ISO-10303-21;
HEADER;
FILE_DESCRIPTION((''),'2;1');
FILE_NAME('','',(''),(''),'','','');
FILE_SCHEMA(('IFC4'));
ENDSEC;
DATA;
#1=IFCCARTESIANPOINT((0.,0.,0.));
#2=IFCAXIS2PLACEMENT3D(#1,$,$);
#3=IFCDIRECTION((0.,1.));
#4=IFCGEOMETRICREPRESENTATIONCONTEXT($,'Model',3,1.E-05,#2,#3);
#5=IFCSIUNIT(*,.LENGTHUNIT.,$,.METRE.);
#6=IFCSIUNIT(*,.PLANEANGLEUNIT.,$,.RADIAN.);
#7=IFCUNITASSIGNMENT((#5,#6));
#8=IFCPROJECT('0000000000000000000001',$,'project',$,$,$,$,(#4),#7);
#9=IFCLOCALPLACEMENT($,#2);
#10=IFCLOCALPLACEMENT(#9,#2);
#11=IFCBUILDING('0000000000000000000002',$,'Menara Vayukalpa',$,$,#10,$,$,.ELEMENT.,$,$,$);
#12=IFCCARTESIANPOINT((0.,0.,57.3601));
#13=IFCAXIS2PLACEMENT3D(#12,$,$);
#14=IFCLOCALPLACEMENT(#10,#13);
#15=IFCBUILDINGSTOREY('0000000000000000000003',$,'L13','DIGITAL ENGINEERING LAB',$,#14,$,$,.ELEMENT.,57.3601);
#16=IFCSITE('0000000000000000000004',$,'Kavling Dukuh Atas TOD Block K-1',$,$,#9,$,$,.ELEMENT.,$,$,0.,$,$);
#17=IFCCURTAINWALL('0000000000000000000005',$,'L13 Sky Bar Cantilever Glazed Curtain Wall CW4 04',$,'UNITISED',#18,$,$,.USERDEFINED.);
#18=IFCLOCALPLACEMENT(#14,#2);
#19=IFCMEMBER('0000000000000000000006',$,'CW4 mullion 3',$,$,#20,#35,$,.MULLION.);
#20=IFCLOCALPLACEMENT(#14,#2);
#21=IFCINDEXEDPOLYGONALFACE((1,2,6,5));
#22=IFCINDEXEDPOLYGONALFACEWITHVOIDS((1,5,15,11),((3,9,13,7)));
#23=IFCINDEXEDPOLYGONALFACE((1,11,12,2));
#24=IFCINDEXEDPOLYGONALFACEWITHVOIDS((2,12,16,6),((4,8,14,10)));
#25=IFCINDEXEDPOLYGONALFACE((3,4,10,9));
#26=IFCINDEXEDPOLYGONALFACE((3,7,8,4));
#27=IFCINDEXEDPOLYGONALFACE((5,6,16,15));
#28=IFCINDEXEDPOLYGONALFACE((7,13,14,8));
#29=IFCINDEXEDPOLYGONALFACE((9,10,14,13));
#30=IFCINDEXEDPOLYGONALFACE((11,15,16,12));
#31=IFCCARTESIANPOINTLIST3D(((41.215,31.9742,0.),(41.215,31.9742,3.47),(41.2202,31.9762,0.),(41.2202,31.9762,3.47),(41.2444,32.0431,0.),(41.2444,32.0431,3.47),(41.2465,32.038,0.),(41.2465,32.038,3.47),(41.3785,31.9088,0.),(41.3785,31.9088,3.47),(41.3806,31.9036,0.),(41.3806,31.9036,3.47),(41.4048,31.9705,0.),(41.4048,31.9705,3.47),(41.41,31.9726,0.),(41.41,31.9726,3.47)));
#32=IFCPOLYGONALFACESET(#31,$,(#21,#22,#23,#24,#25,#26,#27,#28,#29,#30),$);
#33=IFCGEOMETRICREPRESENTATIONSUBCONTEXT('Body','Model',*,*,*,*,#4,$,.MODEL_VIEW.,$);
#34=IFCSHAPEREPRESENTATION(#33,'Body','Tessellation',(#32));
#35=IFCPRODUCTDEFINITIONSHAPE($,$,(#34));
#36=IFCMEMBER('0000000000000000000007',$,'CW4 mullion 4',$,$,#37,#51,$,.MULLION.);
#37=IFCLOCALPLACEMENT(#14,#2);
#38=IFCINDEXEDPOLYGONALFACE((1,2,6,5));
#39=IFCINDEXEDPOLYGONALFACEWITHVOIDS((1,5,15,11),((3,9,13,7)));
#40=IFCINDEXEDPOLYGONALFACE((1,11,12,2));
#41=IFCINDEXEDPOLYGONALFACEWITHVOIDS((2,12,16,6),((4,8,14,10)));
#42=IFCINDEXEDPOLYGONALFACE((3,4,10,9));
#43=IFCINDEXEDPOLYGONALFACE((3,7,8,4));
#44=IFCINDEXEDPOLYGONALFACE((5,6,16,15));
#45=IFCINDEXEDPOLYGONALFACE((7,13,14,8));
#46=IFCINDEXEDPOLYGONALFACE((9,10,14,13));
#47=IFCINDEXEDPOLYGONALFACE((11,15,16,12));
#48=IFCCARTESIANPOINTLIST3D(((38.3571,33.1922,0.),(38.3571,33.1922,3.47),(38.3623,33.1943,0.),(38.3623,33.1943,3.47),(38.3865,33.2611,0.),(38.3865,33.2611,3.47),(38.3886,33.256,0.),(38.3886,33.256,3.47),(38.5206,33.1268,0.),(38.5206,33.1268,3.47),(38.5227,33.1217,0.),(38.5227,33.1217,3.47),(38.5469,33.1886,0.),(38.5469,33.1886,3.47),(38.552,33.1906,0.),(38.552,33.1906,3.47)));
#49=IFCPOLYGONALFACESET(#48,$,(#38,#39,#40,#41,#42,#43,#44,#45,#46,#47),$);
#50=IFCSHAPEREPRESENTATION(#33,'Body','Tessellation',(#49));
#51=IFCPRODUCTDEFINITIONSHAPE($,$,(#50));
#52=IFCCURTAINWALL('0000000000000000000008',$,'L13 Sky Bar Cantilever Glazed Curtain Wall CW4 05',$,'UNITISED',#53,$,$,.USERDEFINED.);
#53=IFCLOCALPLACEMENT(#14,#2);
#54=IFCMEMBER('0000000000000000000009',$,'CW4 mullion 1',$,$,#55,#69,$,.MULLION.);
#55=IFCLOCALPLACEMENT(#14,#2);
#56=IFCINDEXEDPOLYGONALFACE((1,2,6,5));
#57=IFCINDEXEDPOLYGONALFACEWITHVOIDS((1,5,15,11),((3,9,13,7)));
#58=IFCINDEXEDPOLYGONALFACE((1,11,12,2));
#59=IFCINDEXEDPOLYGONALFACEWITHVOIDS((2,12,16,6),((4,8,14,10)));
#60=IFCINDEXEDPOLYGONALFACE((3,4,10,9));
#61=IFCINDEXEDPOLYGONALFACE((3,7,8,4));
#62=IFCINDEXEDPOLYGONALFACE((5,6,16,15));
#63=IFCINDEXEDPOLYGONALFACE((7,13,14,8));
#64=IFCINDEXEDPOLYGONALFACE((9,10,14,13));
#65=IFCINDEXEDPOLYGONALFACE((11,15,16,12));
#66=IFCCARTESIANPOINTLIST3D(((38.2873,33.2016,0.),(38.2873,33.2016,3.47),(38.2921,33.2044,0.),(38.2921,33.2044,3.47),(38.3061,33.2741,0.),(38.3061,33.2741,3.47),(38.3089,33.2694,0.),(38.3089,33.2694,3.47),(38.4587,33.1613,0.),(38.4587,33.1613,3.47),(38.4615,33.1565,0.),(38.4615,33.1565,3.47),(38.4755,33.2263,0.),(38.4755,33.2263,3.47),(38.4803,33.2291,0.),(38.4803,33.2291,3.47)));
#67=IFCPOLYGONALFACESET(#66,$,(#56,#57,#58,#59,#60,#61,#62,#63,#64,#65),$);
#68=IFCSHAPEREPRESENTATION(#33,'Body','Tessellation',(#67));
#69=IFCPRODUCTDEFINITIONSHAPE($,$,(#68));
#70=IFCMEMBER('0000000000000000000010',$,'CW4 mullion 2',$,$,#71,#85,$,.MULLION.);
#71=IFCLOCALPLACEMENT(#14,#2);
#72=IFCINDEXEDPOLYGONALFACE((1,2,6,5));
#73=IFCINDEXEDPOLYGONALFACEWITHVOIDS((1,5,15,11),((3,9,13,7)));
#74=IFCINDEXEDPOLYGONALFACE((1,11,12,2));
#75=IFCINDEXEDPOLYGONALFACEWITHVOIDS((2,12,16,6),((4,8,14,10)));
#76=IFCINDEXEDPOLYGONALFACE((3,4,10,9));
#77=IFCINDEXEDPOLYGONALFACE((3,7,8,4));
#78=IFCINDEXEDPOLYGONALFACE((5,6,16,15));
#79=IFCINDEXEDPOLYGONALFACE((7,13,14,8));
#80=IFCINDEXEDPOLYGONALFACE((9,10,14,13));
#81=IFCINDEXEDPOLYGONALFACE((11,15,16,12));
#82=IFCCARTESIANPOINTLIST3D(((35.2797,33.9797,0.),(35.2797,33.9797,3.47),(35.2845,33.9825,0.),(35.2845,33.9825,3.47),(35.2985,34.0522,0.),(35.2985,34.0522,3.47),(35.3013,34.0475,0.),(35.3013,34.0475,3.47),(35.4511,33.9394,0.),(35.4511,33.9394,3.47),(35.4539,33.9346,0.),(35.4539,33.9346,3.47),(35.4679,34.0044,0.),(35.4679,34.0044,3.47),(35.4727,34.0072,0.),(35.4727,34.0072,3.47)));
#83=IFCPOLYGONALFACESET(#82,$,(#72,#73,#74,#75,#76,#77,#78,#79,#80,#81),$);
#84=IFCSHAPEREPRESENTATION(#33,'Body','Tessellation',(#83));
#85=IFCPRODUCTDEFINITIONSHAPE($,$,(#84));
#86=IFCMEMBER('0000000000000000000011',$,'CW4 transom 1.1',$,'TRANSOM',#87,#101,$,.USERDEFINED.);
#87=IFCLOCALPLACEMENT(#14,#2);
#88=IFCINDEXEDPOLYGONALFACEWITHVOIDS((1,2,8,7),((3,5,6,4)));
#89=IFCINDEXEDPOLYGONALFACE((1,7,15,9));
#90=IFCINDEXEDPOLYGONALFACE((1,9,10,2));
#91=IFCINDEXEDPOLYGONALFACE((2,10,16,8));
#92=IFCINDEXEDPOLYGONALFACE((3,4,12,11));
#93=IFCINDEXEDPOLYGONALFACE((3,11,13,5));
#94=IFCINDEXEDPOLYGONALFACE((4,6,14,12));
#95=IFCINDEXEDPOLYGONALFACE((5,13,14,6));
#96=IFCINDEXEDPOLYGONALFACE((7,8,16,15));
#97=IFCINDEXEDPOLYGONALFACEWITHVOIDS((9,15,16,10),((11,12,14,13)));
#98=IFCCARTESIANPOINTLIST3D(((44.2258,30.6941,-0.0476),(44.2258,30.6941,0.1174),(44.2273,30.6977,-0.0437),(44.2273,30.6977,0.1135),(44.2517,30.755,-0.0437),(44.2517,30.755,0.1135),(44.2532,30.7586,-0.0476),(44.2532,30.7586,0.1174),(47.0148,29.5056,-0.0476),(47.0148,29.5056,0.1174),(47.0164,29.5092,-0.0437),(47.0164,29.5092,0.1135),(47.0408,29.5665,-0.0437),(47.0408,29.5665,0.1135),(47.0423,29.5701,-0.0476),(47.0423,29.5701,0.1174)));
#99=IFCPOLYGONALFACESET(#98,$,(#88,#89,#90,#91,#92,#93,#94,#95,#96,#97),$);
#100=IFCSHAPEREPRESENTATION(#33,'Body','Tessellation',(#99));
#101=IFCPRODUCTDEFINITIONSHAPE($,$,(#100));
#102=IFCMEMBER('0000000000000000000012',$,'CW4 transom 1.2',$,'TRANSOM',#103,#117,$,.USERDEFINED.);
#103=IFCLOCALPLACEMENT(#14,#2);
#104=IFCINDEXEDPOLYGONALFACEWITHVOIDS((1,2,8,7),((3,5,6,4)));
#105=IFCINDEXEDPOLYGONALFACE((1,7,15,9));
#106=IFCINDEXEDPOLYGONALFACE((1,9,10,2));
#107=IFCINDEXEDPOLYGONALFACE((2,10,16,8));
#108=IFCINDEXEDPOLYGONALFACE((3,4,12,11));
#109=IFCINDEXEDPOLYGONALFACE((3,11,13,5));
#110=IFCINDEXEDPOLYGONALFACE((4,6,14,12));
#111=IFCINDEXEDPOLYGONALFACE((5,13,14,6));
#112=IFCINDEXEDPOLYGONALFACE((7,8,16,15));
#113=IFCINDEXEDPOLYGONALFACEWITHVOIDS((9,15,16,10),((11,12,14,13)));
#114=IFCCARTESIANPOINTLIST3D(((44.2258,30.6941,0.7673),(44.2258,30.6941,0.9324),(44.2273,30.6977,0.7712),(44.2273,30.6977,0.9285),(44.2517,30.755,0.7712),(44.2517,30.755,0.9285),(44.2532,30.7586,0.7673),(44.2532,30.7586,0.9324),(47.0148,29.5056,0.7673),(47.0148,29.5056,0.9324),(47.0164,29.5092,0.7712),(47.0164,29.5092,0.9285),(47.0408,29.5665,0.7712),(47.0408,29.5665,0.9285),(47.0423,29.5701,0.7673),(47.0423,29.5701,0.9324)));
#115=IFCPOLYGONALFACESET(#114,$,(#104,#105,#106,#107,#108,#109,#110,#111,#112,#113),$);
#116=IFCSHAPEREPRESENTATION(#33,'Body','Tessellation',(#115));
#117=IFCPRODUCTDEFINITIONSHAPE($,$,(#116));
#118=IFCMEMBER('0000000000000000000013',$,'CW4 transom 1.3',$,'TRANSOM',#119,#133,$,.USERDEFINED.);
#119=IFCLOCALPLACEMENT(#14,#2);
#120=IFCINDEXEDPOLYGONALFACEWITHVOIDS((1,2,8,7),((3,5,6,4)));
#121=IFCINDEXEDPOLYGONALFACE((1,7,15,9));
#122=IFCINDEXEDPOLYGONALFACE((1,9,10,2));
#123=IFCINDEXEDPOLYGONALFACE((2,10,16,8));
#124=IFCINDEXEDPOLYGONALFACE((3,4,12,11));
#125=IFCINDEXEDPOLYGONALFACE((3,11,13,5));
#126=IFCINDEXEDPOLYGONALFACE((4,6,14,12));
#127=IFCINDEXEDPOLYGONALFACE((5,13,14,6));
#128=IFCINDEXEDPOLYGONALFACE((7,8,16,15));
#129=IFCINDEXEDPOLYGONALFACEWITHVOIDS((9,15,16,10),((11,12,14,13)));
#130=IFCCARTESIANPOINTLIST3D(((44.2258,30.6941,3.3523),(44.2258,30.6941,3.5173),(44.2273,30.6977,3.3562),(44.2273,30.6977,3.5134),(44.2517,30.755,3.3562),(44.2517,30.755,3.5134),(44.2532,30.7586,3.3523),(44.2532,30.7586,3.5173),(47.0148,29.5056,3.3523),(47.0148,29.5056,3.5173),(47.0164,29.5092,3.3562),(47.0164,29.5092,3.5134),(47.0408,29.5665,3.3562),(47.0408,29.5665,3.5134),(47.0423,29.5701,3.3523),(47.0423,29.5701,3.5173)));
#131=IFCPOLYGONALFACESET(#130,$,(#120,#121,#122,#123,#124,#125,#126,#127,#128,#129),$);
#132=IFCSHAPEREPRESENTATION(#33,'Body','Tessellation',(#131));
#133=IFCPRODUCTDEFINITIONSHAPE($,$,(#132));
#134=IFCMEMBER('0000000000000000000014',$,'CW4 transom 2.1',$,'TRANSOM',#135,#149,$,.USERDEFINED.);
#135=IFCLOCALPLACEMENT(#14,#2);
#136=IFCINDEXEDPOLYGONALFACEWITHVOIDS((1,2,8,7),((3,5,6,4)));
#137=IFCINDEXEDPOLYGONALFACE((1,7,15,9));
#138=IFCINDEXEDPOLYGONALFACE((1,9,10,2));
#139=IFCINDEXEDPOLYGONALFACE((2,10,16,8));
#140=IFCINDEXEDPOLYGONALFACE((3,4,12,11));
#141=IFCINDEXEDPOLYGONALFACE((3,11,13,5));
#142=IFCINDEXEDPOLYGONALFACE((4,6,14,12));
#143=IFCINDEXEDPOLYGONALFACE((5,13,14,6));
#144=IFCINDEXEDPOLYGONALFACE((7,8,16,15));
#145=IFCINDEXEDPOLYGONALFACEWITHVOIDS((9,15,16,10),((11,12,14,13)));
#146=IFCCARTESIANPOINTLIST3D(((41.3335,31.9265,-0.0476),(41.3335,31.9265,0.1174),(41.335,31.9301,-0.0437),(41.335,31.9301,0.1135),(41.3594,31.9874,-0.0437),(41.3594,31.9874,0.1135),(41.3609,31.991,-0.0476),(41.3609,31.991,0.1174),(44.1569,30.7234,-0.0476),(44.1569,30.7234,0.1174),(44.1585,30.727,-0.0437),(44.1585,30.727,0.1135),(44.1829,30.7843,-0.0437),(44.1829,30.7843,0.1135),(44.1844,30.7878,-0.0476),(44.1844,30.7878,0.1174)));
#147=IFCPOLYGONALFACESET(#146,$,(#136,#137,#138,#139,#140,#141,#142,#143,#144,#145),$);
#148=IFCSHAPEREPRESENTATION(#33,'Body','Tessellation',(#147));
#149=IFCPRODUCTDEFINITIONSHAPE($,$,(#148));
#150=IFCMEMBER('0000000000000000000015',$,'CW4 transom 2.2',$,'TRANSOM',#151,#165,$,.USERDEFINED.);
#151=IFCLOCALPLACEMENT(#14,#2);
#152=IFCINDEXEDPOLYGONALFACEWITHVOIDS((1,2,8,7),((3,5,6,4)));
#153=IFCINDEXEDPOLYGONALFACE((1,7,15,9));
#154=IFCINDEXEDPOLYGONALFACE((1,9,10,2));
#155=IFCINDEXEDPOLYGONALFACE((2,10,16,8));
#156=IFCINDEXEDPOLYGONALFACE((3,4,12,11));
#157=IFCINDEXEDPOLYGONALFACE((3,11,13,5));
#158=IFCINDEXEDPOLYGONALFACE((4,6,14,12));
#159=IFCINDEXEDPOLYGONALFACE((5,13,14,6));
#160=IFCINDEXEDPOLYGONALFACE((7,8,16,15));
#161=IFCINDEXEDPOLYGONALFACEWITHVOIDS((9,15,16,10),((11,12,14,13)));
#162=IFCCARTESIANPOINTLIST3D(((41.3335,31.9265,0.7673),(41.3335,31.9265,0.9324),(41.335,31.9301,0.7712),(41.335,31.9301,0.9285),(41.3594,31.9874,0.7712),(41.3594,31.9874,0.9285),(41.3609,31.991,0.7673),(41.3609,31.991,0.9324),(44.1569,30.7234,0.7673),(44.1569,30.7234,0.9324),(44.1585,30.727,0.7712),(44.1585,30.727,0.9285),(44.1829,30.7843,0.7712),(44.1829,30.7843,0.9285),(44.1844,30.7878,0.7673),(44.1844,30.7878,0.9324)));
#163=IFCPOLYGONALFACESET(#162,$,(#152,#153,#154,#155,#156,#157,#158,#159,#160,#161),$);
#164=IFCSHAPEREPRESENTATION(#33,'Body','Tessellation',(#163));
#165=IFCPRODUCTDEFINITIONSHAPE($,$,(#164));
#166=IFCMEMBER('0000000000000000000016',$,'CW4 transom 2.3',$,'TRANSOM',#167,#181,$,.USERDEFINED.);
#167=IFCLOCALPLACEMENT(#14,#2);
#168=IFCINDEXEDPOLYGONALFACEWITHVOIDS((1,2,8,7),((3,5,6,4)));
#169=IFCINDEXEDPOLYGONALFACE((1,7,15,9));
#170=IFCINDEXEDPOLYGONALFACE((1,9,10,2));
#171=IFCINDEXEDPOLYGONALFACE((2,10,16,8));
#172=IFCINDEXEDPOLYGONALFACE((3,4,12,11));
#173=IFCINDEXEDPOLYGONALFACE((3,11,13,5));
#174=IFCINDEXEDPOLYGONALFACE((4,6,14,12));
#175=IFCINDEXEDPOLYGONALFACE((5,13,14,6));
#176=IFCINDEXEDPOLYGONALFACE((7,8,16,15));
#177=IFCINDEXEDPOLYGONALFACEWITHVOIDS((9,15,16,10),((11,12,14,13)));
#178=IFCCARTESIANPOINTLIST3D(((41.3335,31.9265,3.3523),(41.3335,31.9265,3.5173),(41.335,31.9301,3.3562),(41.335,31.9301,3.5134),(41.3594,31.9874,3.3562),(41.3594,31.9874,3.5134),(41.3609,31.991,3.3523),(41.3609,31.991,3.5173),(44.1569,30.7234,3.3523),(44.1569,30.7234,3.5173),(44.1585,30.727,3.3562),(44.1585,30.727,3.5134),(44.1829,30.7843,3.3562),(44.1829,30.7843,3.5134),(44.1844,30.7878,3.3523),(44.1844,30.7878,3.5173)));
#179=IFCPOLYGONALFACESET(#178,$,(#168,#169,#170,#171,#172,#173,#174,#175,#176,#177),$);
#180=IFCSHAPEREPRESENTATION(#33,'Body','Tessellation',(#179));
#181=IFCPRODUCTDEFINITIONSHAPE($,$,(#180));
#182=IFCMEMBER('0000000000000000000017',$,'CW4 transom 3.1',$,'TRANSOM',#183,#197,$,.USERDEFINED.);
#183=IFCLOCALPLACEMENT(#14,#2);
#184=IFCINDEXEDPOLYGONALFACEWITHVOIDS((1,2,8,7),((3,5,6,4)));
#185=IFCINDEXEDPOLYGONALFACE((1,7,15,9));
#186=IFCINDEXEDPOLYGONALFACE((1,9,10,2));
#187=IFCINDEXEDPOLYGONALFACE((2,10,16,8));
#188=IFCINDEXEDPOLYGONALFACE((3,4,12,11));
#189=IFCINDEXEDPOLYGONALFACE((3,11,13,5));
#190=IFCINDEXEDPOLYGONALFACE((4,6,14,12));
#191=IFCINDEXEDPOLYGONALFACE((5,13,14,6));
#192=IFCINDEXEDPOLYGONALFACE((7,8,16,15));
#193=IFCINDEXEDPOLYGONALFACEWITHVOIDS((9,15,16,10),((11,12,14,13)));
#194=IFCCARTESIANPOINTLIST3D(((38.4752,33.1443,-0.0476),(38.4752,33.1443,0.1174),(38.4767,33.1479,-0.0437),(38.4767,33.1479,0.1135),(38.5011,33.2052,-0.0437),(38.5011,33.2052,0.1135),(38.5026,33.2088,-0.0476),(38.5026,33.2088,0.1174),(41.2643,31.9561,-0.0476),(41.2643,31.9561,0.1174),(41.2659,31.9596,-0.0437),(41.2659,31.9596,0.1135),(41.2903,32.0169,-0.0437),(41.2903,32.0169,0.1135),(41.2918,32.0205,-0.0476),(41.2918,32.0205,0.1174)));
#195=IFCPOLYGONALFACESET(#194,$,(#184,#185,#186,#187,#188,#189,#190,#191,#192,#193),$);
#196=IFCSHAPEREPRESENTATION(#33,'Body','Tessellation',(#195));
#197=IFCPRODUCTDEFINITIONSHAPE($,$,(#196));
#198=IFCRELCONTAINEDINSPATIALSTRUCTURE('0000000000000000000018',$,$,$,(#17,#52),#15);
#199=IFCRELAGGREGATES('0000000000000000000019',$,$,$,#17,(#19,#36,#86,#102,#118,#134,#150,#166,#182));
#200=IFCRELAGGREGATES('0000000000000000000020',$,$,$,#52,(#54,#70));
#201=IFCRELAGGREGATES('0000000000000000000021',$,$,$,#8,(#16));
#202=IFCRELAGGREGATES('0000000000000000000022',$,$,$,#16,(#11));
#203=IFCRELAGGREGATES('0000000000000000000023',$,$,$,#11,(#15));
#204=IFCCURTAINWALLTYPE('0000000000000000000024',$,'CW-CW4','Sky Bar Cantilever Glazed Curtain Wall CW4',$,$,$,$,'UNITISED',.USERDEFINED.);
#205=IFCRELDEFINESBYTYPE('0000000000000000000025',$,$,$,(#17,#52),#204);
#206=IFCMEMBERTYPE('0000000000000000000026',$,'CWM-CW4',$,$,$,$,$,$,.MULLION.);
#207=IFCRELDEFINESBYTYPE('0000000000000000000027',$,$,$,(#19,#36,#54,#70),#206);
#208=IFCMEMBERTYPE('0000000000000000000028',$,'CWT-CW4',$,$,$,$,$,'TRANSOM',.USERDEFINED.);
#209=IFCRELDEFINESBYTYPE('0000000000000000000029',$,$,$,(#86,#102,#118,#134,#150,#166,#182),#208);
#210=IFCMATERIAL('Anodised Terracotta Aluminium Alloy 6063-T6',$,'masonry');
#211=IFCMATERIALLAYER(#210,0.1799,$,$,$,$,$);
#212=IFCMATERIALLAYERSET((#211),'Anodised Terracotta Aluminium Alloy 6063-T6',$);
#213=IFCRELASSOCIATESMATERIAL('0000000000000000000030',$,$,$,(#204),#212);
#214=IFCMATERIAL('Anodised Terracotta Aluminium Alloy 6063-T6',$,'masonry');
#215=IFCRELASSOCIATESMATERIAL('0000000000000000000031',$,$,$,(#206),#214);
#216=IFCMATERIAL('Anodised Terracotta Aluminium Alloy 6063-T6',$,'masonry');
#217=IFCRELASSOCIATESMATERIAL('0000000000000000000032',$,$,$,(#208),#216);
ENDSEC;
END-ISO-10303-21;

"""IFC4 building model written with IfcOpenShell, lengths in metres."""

from ifc_helpers import new_model, si_unit, direction, frame, origin, origin_2d, place, context, subcontext, project, spatial, hollow_rectangle, extrude, material, layer, layer_set, material_profile, profile_set, type_object, element, aggregate, save


model = new_model("IFC4")

# Units and contexts
model_context = context("Model", 3, precision=1e-05, world=origin(), true_north=direction((0.0, 1.0)))
body_context = subcontext(model_context, "Body", "Model", "MODEL_VIEW")
ifc_project = project(units=[si_unit("LENGTHUNIT", "METRE"), si_unit("PLANEANGLEUNIT", "RADIAN")], contexts=[model_context])

# Site, building, storey
site_placement = place(None, origin())
site = spatial("IfcSite", under=ifc_project, at=site_placement, Name="Kavling Dukuh Atas TOD Block K-1", CompositionType="ELEMENT", RefElevation=0.0)
building_placement = place(site_placement, origin())
building = spatial("IfcBuilding", under=site, at=building_placement, Name="Menara Vayukalpa", CompositionType="ELEMENT")
storey_placement = place(building_placement, frame((0.0, 0.0, 57.3601)))
storey = spatial("IfcBuildingStorey", under=building, at=storey_placement, Name="L13", Description="DIGITAL ENGINEERING LAB", CompositionType="ELEMENT", Elevation=57.3601)

# Curtain walls, members
ifc_material_1 = material(Name="Anodised Terracotta Aluminium Alloy 6063-T6", Category="masonry")
ifc_layer_1 = layer(ifc_material_1, 0.1799)
ifc_layer_set_1 = layer_set([ifc_layer_1], Name="Anodised Terracotta Aluminium Alloy 6063-T6")
curtain_wall_type = type_object("IfcCurtainWallType", Name="CW-CW4", Description="Sky Bar Cantilever Glazed Curtain Wall CW4", ElementType="UNITISED", PredefinedType="USERDEFINED", material=ifc_layer_set_1)
curtain_wall_1_placement = place(storey_placement, origin())
curtain_wall_1 = element("IfcCurtainWall", 1, at=curtain_wall_1_placement, inside=storey, type_object=curtain_wall_type, Name="L13 Sky Bar Cantilever Glazed Curtain Wall CW4 04", ObjectType="UNITISED", PredefinedType="USERDEFINED")
ifc_material_2 = material(Name="Anodised Terracotta Aluminium Alloy 6063-T6", Category="masonry")
ifc_material_profile_1 = material_profile(ifc_material_2, hollow_rectangle(XDim=0.075, YDim=0.1799, WallThickness=0.0039, at=origin_2d()), Name="ALU 75x180x4")
ifc_profile_set_1 = profile_set([ifc_material_profile_1], Name="Anodised Terracotta Aluminium Alloy 6063-T6")
member_type_1 = type_object("IfcMemberType", Name="CWM-CW4", PredefinedType="MULLION", material=ifc_profile_set_1)
member_1_placement = place(storey_placement, frame((41.3125, 31.9734, 0.0), z_axis=(0.0, 0.0, 1.0), x_axis=(-0.392008, -0.919962, 0.0)))
member_1 = element("IfcMember", 2, at=member_1_placement, type_object=member_type_1, Name="CW4 mullion 3", PredefinedType="MULLION", context=body_context, shape_type="SweptSolid", body=[
    extrude(hollow_rectangle(XDim=0.075, YDim=0.1799, WallThickness=0.0039, at=origin_2d()), origin(), (0.0, 0.0, 1.0), 3.47),
])
member_2_placement = place(storey_placement, frame((38.4546, 33.1914, 0.0), z_axis=(0.0, 0.0, 1.0), x_axis=(-0.392008, -0.919962, 0.0)))
member_2 = element("IfcMember", 3, at=member_2_placement, type_object=member_type_1, Name="CW4 mullion 4", PredefinedType="MULLION", context=body_context, shape_type="SweptSolid", body=[
    extrude(hollow_rectangle(XDim=0.075, YDim=0.1799, WallThickness=0.0039, at=origin_2d()), origin(), (0.0, 0.0, 1.0), 3.47),
])
curtain_wall_2_placement = place(storey_placement, origin())
curtain_wall_2 = element("IfcCurtainWall", 4, at=curtain_wall_2_placement, inside=storey, type_object=curtain_wall_type, Name="L13 Sky Bar Cantilever Glazed Curtain Wall CW4 05", ObjectType="UNITISED", PredefinedType="USERDEFINED")
member_3_placement = place(storey_placement, frame((38.3838, 33.2153, 0.0), z_axis=(0.0, 0.0, 1.0), x_axis=(-0.250403, -0.968142, 0.0)))
member_3 = element("IfcMember", 5, at=member_3_placement, type_object=member_type_1, Name="CW4 mullion 1", PredefinedType="MULLION", context=body_context, shape_type="SweptSolid", body=[
    extrude(hollow_rectangle(XDim=0.075, YDim=0.1799, WallThickness=0.0039, at=origin_2d()), origin(), (0.0, 0.0, 1.0), 3.47),
])
member_4_placement = place(storey_placement, frame((35.3762, 33.9934, 0.0), z_axis=(0.0, 0.0, 1.0), x_axis=(-0.250403, -0.968142, 0.0)))
member_4 = element("IfcMember", 6, at=member_4_placement, type_object=member_type_1, Name="CW4 mullion 2", PredefinedType="MULLION", context=body_context, shape_type="SweptSolid", body=[
    extrude(hollow_rectangle(XDim=0.075, YDim=0.1799, WallThickness=0.0039, at=origin_2d()), origin(), (0.0, 0.0, 1.0), 3.47),
])

# Members
ifc_material_3 = material(Name="Anodised Terracotta Aluminium Alloy 6063-T6", Category="masonry")
ifc_material_profile_2 = material_profile(ifc_material_3, hollow_rectangle(XDim=0.0701, YDim=0.165, WallThickness=0.0039, at=origin_2d()), Name="ALU 70x165x4")
ifc_profile_set_2 = profile_set([ifc_material_profile_2], Name="Anodised Terracotta Aluminium Alloy 6063-T6")
member_type_2 = type_object("IfcMemberType", Name="CWT-CW4", ElementType="TRANSOM", PredefinedType="USERDEFINED", material=ifc_profile_set_2)
member_5_placement = place(storey_placement, frame((47.0286, 29.5378, 0.0349), z_axis=(-0.919959, 0.392014, 0.0), x_axis=(-0.392014, -0.919959, 0.0)))
member_5 = element("IfcMember", 7, at=member_5_placement, type_object=member_type_2, Name="CW4 transom 1.1", ObjectType="TRANSOM", PredefinedType="USERDEFINED", context=body_context, shape_type="SweptSolid", body=[
    extrude(hollow_rectangle(XDim=0.0701, YDim=0.165, WallThickness=0.0039, at=origin_2d()), origin(), (0.0, 0.0, 1.0), 3.0317),
])
member_6_placement = place(storey_placement, frame((47.0286, 29.5378, 0.8499), z_axis=(-0.919959, 0.392014, 0.0), x_axis=(-0.392014, -0.919959, 0.0)))
member_6 = element("IfcMember", 8, at=member_6_placement, type_object=member_type_2, Name="CW4 transom 1.2", ObjectType="TRANSOM", PredefinedType="USERDEFINED", context=body_context, shape_type="SweptSolid", body=[
    extrude(hollow_rectangle(XDim=0.0701, YDim=0.165, WallThickness=0.0039, at=origin_2d()), origin(), (0.0, 0.0, 1.0), 3.0317),
])
member_7_placement = place(storey_placement, frame((47.0286, 29.5378, 3.4348), z_axis=(-0.919959, 0.392014, 0.0), x_axis=(-0.392014, -0.919959, 0.0)))
member_7 = element("IfcMember", 9, at=member_7_placement, type_object=member_type_2, Name="CW4 transom 1.3", ObjectType="TRANSOM", PredefinedType="USERDEFINED", context=body_context, shape_type="SweptSolid", body=[
    extrude(hollow_rectangle(XDim=0.0701, YDim=0.165, WallThickness=0.0039, at=origin_2d()), origin(), (0.0, 0.0, 1.0), 3.0317),
])
member_8_placement = place(storey_placement, frame((44.1707, 30.7556, 0.0349), z_axis=(-0.919962, 0.392008, 0.0), x_axis=(-0.392008, -0.919962, 0.0)))
member_8 = element("IfcMember", 10, at=member_8_placement, type_object=member_type_2, Name="CW4 transom 2.1", ObjectType="TRANSOM", PredefinedType="USERDEFINED", context=body_context, shape_type="SweptSolid", body=[
    extrude(hollow_rectangle(XDim=0.0701, YDim=0.165, WallThickness=0.0039, at=origin_2d()), origin(), (0.0, 0.0, 1.0), 3.0691),
])
member_9_placement = place(storey_placement, frame((44.1707, 30.7556, 0.8499), z_axis=(-0.919962, 0.392008, 0.0), x_axis=(-0.392008, -0.919962, 0.0)))
member_9 = element("IfcMember", 11, at=member_9_placement, type_object=member_type_2, Name="CW4 transom 2.2", ObjectType="TRANSOM", PredefinedType="USERDEFINED", context=body_context, shape_type="SweptSolid", body=[
    extrude(hollow_rectangle(XDim=0.0701, YDim=0.165, WallThickness=0.0039, at=origin_2d()), origin(), (0.0, 0.0, 1.0), 3.0691),
])
member_10_placement = place(storey_placement, frame((44.1707, 30.7556, 3.4348), z_axis=(-0.919962, 0.392008, 0.0), x_axis=(-0.392008, -0.919962, 0.0)))
member_10 = element("IfcMember", 12, at=member_10_placement, type_object=member_type_2, Name="CW4 transom 2.3", ObjectType="TRANSOM", PredefinedType="USERDEFINED", context=body_context, shape_type="SweptSolid", body=[
    extrude(hollow_rectangle(XDim=0.0701, YDim=0.165, WallThickness=0.0039, at=origin_2d()), origin(), (0.0, 0.0, 1.0), 3.0691),
])
member_11_placement = place(storey_placement, frame((41.2781, 31.9883, 0.0349), z_axis=(-0.919988, 0.391945, 0.0), x_axis=(-0.391945, -0.919988, 0.0)))
member_11 = element("IfcMember", 13, at=member_11_placement, type_object=member_type_2, Name="CW4 transom 3.1", ObjectType="TRANSOM", PredefinedType="USERDEFINED", context=body_context, shape_type="SweptSolid", body=[
    extrude(hollow_rectangle(XDim=0.0701, YDim=0.165, WallThickness=0.0039, at=origin_2d()), origin(), (0.0, 0.0, 1.0), 3.0317),
])

aggregate(curtain_wall_1, [member_1, member_2, member_5, member_6, member_7, member_8, member_9, member_10, member_11])
aggregate(curtain_wall_2, [member_3, member_4])

save(model, "model.ifc")
